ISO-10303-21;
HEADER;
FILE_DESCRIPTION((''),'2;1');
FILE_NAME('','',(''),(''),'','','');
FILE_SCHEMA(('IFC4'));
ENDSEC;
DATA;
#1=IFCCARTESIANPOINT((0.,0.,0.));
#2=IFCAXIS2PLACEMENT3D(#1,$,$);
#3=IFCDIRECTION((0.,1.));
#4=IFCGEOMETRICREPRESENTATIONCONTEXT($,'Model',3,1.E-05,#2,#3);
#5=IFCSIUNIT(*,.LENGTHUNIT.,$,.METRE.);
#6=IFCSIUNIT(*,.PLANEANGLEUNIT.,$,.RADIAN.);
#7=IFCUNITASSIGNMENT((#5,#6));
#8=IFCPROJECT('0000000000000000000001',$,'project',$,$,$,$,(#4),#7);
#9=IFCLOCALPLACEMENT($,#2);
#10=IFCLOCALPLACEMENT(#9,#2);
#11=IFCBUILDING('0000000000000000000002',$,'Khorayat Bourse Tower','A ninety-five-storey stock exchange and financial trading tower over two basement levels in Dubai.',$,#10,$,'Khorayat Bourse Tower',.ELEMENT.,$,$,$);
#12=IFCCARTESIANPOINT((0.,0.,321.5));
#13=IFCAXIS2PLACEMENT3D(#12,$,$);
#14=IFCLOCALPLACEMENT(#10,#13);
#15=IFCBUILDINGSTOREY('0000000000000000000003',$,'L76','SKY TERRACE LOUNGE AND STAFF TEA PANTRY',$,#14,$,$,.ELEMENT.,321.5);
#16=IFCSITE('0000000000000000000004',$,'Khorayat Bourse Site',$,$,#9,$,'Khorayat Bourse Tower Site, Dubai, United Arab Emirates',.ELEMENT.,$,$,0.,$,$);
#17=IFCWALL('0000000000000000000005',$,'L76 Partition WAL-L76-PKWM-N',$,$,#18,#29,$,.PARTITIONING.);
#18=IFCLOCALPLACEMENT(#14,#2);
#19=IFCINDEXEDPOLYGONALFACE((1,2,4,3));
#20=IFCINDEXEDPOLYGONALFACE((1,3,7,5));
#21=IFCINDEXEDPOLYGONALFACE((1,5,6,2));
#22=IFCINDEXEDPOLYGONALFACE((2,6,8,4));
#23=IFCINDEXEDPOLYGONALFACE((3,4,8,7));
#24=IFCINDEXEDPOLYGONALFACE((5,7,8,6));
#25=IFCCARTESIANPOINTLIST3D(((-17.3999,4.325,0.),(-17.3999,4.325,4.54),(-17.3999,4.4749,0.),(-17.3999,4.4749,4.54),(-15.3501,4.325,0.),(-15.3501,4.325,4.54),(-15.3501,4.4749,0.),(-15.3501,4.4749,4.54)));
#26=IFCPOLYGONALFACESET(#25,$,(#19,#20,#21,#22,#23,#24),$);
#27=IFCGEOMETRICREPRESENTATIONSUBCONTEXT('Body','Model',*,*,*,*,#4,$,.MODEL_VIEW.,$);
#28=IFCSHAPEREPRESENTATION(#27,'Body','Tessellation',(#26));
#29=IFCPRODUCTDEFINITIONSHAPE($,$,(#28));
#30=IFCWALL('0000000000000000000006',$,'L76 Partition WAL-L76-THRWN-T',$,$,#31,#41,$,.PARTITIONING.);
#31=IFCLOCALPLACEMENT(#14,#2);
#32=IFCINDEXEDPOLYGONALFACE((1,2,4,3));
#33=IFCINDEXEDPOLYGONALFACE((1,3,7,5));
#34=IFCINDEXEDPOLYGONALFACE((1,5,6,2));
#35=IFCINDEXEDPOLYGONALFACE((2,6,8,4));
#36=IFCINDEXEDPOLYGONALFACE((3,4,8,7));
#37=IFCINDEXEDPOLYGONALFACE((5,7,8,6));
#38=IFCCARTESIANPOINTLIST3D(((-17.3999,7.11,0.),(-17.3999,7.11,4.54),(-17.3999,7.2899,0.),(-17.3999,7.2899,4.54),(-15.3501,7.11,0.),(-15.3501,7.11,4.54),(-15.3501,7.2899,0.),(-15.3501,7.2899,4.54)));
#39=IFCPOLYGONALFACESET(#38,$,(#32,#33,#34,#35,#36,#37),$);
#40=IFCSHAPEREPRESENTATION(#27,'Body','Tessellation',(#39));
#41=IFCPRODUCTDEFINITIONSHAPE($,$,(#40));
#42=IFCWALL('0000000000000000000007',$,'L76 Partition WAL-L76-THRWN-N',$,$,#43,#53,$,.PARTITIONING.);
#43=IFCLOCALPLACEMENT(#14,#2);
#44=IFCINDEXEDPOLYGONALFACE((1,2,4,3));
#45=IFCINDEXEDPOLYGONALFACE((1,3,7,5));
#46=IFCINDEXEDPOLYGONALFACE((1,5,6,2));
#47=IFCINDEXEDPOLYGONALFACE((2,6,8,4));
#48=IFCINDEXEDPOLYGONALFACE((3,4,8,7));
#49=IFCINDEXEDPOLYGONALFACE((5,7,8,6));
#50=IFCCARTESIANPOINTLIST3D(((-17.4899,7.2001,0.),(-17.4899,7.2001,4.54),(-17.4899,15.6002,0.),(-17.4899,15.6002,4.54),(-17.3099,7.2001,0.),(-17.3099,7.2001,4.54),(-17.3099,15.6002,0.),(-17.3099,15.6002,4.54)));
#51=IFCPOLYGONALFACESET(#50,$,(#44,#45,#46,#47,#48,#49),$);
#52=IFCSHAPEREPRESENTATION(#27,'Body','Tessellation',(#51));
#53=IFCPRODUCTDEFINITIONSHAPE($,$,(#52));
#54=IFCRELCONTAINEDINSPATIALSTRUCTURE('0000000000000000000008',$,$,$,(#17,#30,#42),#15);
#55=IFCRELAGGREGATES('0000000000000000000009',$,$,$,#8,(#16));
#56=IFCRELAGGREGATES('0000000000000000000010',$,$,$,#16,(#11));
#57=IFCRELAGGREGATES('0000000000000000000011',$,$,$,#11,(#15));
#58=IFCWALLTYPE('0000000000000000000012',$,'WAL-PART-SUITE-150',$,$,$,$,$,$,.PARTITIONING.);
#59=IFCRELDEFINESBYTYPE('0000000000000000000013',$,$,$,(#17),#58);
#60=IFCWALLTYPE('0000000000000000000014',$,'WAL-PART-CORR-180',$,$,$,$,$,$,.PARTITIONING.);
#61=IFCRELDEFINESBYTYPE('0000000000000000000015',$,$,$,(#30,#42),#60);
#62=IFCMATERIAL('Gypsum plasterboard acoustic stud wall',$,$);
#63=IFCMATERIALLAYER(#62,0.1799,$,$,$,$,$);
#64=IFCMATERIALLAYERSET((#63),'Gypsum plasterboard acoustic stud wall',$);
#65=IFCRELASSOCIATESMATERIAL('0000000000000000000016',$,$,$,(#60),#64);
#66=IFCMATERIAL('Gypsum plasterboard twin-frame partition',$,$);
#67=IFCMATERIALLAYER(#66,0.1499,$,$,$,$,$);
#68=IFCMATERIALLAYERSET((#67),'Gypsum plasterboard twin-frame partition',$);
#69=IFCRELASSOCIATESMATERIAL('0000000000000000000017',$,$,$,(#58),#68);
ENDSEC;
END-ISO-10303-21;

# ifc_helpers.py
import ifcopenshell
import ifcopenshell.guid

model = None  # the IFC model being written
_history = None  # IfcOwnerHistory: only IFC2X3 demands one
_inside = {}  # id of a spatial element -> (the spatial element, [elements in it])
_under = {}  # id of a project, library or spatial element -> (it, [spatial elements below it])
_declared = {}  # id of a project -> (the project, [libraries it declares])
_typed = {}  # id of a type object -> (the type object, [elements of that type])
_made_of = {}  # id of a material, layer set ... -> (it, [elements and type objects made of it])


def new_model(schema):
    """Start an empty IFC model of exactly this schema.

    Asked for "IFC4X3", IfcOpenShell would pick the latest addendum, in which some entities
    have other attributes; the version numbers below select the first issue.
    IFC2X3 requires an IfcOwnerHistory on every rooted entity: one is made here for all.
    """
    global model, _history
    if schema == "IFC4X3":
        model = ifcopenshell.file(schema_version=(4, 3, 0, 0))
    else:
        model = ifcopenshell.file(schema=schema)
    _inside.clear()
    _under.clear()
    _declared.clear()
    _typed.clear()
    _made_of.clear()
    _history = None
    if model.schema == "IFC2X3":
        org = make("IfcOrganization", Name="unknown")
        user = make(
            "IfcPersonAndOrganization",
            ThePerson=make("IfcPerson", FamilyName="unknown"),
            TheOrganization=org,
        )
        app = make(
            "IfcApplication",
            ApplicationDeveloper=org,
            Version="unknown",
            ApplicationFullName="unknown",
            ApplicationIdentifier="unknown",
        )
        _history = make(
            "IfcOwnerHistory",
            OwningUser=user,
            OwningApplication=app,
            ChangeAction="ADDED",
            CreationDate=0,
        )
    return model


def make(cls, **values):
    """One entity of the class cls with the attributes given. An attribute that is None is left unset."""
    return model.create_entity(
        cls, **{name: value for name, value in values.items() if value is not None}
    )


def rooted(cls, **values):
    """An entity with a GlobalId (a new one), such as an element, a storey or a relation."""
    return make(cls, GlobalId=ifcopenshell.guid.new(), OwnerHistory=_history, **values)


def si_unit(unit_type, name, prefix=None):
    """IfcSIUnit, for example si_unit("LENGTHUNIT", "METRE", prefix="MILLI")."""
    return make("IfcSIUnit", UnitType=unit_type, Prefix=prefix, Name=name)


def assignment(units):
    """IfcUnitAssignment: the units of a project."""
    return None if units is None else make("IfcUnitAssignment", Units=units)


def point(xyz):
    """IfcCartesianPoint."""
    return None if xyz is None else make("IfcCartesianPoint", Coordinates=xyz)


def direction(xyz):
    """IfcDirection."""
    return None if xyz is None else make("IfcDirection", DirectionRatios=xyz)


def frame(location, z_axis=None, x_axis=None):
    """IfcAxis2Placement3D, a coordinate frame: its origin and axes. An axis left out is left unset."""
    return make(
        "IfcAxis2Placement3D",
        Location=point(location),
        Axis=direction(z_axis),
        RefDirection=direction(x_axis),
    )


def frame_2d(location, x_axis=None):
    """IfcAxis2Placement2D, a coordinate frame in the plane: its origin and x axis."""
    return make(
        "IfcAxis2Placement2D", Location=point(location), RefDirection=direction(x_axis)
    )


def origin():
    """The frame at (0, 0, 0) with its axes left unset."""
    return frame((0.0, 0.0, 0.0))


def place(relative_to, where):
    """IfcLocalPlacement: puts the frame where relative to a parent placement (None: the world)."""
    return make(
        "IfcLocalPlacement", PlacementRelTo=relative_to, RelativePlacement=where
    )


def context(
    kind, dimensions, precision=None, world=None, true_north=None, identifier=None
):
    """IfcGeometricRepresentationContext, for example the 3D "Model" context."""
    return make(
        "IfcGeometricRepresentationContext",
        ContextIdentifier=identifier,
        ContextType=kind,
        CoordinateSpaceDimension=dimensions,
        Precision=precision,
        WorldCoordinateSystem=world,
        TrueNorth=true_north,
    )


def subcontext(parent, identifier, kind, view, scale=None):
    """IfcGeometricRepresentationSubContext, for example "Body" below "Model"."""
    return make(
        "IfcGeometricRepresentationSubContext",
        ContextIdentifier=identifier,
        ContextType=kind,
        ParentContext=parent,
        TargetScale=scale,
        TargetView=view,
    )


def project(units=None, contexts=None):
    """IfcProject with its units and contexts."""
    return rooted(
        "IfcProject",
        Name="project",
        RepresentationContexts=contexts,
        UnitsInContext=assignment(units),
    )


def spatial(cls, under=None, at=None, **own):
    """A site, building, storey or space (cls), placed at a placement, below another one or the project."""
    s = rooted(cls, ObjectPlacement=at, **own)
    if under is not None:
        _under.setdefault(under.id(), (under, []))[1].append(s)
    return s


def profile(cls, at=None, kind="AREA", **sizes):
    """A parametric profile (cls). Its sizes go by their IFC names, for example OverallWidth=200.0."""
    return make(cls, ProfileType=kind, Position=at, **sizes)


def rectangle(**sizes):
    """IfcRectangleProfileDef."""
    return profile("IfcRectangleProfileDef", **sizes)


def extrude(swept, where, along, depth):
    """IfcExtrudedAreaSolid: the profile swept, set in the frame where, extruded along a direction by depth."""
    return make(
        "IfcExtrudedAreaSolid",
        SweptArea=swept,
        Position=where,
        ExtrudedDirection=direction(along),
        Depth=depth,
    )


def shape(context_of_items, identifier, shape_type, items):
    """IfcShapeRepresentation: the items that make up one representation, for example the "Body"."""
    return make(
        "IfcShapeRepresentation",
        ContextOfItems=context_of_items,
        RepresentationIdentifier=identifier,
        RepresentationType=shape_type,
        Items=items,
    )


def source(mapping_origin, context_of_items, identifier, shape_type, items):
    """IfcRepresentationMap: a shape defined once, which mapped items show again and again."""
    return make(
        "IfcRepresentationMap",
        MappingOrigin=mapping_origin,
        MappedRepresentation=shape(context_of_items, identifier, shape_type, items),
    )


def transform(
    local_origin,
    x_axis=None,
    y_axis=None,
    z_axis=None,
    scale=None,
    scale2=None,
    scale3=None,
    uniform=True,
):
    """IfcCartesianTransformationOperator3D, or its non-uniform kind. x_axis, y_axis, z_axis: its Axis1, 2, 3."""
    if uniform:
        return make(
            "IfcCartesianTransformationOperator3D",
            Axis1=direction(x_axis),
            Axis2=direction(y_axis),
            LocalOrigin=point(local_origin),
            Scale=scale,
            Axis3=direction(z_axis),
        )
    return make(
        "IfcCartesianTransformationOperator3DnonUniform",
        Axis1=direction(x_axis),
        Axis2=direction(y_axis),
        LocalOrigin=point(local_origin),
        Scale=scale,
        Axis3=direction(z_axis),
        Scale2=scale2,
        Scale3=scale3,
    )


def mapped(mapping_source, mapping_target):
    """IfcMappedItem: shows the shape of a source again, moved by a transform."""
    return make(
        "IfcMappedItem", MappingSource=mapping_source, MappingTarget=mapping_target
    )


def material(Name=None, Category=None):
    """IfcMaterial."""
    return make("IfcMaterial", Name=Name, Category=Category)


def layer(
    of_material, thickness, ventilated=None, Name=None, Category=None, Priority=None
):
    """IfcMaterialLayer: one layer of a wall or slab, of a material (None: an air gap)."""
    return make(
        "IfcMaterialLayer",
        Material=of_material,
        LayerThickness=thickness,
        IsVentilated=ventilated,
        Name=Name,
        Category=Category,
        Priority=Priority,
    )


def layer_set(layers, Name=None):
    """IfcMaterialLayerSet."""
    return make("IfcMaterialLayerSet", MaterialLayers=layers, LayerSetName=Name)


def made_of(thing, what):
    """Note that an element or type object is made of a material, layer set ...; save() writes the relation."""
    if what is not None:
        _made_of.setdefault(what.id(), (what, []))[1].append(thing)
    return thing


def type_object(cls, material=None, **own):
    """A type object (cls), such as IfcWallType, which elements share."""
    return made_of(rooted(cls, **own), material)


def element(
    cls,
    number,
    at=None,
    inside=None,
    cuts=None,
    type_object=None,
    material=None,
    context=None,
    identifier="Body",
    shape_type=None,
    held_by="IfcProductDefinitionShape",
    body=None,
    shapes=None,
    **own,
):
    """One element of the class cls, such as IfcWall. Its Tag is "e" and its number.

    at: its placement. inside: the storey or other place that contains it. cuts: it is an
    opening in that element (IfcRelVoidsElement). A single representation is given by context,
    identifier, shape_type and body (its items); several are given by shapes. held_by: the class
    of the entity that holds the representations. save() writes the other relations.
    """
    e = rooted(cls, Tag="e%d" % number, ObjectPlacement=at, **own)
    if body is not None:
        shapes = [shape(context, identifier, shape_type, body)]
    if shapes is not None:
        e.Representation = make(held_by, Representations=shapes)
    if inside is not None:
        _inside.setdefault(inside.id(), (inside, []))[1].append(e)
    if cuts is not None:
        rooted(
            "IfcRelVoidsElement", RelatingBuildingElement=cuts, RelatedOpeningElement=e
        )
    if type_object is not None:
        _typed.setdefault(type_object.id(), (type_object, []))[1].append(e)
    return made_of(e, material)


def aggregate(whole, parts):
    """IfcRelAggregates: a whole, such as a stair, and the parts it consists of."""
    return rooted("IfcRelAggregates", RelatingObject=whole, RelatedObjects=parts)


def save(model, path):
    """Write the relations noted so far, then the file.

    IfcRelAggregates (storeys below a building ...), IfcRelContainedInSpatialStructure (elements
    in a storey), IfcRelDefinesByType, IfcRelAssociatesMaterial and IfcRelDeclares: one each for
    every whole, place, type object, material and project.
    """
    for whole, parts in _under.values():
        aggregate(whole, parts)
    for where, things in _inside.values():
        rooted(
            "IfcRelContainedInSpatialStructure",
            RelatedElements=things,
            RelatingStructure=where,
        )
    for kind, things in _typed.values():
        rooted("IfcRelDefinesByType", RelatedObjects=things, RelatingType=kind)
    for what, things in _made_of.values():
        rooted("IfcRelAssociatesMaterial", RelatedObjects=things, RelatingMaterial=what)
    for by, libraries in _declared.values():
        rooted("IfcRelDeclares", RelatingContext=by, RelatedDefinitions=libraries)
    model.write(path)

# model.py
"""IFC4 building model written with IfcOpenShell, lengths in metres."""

from ifc_helpers import new_model, si_unit, direction, frame, frame_2d, origin, place, context, subcontext, project, spatial, rectangle, extrude, source, transform, mapped, material, layer, layer_set, type_object, element, save


model = new_model("IFC4")

# Units and contexts
model_context = context("Model", 3, precision=1e-05, world=origin(), true_north=direction((0.0, 1.0)))
body_context = subcontext(model_context, "Body", "Model", "MODEL_VIEW")
ifc_project = project(units=[si_unit("LENGTHUNIT", "METRE"), si_unit("PLANEANGLEUNIT", "RADIAN")], contexts=[model_context])

# Site, building, storey
site_placement = place(None, origin())
site = spatial("IfcSite", under=ifc_project, at=site_placement, Name="Khorayat Bourse Site", LongName="Khorayat Bourse Tower Site, Dubai, United Arab Emirates", CompositionType="ELEMENT", RefElevation=0.0)
building_placement = place(site_placement, origin())
building = spatial("IfcBuilding", under=site, at=building_placement, Name="Khorayat Bourse Tower", Description="A ninety-five-storey stock exchange and financial trading tower over two basement levels in Dubai.", LongName="Khorayat Bourse Tower", CompositionType="ELEMENT")
storey_placement = place(building_placement, frame((0.0, 0.0, 321.5)))
storey = spatial("IfcBuildingStorey", under=building, at=storey_placement, Name="L76", Description="SKY TERRACE LOUNGE AND STAFF TEA PANTRY", CompositionType="ELEMENT", Elevation=321.5)

# Walls
ifc_material_1 = material(Name="Gypsum plasterboard acoustic stud wall")
ifc_layer_1 = layer(ifc_material_1, 0.1799)
ifc_layer_set_1 = layer_set([ifc_layer_1], Name="Gypsum plasterboard acoustic stud wall")
wall_type_1 = type_object("IfcWallType", Name="WAL-PART-CORR-180", PredefinedType="PARTITIONING", material=ifc_layer_set_1)
ifc_material_2 = material(Name="Gypsum plasterboard twin-frame partition")
ifc_layer_2 = layer(ifc_material_2, 0.1499)
ifc_layer_set_2 = layer_set([ifc_layer_2], Name="Gypsum plasterboard twin-frame partition")
wall_type_2 = type_object("IfcWallType", Name="WAL-PART-SUITE-150", PredefinedType="PARTITIONING", material=ifc_layer_set_2)
shared_shape_1 = source(origin(), body_context, "Body", "SweptSolid", [
    extrude(rectangle(XDim=2.0498, YDim=0.1499, at=frame_2d((1.0249, 0.0))), origin(), (0.0, 0.0, 1.0), 4.54),
])
wall_1_placement = place(storey_placement, frame((-17.3999, 4.3999, 0.0), z_axis=(0.0, 0.0, 1.0), x_axis=(1.0, 0.0, 0.0)))
element("IfcWall", 1, at=wall_1_placement, inside=storey, type_object=wall_type_2, Name="L76 Partition WAL-L76-PKWM-N", PredefinedType="PARTITIONING", context=body_context, shape_type="MappedRepresentation", body=[
    mapped(shared_shape_1, transform((0.0, 0.0, 0.0), scale=1.0)),
])
shared_shape_2 = source(origin(), body_context, "Body", "SweptSolid", [
    extrude(rectangle(XDim=2.0498, YDim=0.1799, at=frame_2d((1.0249, 0.0))), origin(), (0.0, 0.0, 1.0), 4.54),
])
wall_2_placement = place(storey_placement, frame((-17.3999, 7.2, 0.0), z_axis=(0.0, 0.0, 1.0), x_axis=(1.0, 0.0, 0.0)))
element("IfcWall", 2, at=wall_2_placement, inside=storey, type_object=wall_type_1, Name="L76 Partition WAL-L76-THRWN-T", PredefinedType="PARTITIONING", context=body_context, shape_type="MappedRepresentation", body=[
    mapped(shared_shape_2, transform((0.0, 0.0, 0.0), scale=1.0)),
])
shared_shape_3 = source(origin(), body_context, "Body", "SweptSolid", [
    extrude(rectangle(XDim=8.4001, YDim=0.1799, at=frame_2d((4.2002, 0.0))), origin(), (0.0, 0.0, 1.0), 4.54),
])
wall_3_placement = place(storey_placement, frame((-17.3999, 7.2, 0.0), z_axis=(0.0, 0.0, 1.0), x_axis=(0.0, 1.0, 0.0)))
element("IfcWall", 3, at=wall_3_placement, inside=storey, type_object=wall_type_1, Name="L76 Partition WAL-L76-THRWN-N", PredefinedType="PARTITIONING", context=body_context, shape_type="MappedRepresentation", body=[
    mapped(shared_shape_3, transform((0.0, 0.0, 0.0), scale=1.0)),
])

save(model, "model.ifc")
